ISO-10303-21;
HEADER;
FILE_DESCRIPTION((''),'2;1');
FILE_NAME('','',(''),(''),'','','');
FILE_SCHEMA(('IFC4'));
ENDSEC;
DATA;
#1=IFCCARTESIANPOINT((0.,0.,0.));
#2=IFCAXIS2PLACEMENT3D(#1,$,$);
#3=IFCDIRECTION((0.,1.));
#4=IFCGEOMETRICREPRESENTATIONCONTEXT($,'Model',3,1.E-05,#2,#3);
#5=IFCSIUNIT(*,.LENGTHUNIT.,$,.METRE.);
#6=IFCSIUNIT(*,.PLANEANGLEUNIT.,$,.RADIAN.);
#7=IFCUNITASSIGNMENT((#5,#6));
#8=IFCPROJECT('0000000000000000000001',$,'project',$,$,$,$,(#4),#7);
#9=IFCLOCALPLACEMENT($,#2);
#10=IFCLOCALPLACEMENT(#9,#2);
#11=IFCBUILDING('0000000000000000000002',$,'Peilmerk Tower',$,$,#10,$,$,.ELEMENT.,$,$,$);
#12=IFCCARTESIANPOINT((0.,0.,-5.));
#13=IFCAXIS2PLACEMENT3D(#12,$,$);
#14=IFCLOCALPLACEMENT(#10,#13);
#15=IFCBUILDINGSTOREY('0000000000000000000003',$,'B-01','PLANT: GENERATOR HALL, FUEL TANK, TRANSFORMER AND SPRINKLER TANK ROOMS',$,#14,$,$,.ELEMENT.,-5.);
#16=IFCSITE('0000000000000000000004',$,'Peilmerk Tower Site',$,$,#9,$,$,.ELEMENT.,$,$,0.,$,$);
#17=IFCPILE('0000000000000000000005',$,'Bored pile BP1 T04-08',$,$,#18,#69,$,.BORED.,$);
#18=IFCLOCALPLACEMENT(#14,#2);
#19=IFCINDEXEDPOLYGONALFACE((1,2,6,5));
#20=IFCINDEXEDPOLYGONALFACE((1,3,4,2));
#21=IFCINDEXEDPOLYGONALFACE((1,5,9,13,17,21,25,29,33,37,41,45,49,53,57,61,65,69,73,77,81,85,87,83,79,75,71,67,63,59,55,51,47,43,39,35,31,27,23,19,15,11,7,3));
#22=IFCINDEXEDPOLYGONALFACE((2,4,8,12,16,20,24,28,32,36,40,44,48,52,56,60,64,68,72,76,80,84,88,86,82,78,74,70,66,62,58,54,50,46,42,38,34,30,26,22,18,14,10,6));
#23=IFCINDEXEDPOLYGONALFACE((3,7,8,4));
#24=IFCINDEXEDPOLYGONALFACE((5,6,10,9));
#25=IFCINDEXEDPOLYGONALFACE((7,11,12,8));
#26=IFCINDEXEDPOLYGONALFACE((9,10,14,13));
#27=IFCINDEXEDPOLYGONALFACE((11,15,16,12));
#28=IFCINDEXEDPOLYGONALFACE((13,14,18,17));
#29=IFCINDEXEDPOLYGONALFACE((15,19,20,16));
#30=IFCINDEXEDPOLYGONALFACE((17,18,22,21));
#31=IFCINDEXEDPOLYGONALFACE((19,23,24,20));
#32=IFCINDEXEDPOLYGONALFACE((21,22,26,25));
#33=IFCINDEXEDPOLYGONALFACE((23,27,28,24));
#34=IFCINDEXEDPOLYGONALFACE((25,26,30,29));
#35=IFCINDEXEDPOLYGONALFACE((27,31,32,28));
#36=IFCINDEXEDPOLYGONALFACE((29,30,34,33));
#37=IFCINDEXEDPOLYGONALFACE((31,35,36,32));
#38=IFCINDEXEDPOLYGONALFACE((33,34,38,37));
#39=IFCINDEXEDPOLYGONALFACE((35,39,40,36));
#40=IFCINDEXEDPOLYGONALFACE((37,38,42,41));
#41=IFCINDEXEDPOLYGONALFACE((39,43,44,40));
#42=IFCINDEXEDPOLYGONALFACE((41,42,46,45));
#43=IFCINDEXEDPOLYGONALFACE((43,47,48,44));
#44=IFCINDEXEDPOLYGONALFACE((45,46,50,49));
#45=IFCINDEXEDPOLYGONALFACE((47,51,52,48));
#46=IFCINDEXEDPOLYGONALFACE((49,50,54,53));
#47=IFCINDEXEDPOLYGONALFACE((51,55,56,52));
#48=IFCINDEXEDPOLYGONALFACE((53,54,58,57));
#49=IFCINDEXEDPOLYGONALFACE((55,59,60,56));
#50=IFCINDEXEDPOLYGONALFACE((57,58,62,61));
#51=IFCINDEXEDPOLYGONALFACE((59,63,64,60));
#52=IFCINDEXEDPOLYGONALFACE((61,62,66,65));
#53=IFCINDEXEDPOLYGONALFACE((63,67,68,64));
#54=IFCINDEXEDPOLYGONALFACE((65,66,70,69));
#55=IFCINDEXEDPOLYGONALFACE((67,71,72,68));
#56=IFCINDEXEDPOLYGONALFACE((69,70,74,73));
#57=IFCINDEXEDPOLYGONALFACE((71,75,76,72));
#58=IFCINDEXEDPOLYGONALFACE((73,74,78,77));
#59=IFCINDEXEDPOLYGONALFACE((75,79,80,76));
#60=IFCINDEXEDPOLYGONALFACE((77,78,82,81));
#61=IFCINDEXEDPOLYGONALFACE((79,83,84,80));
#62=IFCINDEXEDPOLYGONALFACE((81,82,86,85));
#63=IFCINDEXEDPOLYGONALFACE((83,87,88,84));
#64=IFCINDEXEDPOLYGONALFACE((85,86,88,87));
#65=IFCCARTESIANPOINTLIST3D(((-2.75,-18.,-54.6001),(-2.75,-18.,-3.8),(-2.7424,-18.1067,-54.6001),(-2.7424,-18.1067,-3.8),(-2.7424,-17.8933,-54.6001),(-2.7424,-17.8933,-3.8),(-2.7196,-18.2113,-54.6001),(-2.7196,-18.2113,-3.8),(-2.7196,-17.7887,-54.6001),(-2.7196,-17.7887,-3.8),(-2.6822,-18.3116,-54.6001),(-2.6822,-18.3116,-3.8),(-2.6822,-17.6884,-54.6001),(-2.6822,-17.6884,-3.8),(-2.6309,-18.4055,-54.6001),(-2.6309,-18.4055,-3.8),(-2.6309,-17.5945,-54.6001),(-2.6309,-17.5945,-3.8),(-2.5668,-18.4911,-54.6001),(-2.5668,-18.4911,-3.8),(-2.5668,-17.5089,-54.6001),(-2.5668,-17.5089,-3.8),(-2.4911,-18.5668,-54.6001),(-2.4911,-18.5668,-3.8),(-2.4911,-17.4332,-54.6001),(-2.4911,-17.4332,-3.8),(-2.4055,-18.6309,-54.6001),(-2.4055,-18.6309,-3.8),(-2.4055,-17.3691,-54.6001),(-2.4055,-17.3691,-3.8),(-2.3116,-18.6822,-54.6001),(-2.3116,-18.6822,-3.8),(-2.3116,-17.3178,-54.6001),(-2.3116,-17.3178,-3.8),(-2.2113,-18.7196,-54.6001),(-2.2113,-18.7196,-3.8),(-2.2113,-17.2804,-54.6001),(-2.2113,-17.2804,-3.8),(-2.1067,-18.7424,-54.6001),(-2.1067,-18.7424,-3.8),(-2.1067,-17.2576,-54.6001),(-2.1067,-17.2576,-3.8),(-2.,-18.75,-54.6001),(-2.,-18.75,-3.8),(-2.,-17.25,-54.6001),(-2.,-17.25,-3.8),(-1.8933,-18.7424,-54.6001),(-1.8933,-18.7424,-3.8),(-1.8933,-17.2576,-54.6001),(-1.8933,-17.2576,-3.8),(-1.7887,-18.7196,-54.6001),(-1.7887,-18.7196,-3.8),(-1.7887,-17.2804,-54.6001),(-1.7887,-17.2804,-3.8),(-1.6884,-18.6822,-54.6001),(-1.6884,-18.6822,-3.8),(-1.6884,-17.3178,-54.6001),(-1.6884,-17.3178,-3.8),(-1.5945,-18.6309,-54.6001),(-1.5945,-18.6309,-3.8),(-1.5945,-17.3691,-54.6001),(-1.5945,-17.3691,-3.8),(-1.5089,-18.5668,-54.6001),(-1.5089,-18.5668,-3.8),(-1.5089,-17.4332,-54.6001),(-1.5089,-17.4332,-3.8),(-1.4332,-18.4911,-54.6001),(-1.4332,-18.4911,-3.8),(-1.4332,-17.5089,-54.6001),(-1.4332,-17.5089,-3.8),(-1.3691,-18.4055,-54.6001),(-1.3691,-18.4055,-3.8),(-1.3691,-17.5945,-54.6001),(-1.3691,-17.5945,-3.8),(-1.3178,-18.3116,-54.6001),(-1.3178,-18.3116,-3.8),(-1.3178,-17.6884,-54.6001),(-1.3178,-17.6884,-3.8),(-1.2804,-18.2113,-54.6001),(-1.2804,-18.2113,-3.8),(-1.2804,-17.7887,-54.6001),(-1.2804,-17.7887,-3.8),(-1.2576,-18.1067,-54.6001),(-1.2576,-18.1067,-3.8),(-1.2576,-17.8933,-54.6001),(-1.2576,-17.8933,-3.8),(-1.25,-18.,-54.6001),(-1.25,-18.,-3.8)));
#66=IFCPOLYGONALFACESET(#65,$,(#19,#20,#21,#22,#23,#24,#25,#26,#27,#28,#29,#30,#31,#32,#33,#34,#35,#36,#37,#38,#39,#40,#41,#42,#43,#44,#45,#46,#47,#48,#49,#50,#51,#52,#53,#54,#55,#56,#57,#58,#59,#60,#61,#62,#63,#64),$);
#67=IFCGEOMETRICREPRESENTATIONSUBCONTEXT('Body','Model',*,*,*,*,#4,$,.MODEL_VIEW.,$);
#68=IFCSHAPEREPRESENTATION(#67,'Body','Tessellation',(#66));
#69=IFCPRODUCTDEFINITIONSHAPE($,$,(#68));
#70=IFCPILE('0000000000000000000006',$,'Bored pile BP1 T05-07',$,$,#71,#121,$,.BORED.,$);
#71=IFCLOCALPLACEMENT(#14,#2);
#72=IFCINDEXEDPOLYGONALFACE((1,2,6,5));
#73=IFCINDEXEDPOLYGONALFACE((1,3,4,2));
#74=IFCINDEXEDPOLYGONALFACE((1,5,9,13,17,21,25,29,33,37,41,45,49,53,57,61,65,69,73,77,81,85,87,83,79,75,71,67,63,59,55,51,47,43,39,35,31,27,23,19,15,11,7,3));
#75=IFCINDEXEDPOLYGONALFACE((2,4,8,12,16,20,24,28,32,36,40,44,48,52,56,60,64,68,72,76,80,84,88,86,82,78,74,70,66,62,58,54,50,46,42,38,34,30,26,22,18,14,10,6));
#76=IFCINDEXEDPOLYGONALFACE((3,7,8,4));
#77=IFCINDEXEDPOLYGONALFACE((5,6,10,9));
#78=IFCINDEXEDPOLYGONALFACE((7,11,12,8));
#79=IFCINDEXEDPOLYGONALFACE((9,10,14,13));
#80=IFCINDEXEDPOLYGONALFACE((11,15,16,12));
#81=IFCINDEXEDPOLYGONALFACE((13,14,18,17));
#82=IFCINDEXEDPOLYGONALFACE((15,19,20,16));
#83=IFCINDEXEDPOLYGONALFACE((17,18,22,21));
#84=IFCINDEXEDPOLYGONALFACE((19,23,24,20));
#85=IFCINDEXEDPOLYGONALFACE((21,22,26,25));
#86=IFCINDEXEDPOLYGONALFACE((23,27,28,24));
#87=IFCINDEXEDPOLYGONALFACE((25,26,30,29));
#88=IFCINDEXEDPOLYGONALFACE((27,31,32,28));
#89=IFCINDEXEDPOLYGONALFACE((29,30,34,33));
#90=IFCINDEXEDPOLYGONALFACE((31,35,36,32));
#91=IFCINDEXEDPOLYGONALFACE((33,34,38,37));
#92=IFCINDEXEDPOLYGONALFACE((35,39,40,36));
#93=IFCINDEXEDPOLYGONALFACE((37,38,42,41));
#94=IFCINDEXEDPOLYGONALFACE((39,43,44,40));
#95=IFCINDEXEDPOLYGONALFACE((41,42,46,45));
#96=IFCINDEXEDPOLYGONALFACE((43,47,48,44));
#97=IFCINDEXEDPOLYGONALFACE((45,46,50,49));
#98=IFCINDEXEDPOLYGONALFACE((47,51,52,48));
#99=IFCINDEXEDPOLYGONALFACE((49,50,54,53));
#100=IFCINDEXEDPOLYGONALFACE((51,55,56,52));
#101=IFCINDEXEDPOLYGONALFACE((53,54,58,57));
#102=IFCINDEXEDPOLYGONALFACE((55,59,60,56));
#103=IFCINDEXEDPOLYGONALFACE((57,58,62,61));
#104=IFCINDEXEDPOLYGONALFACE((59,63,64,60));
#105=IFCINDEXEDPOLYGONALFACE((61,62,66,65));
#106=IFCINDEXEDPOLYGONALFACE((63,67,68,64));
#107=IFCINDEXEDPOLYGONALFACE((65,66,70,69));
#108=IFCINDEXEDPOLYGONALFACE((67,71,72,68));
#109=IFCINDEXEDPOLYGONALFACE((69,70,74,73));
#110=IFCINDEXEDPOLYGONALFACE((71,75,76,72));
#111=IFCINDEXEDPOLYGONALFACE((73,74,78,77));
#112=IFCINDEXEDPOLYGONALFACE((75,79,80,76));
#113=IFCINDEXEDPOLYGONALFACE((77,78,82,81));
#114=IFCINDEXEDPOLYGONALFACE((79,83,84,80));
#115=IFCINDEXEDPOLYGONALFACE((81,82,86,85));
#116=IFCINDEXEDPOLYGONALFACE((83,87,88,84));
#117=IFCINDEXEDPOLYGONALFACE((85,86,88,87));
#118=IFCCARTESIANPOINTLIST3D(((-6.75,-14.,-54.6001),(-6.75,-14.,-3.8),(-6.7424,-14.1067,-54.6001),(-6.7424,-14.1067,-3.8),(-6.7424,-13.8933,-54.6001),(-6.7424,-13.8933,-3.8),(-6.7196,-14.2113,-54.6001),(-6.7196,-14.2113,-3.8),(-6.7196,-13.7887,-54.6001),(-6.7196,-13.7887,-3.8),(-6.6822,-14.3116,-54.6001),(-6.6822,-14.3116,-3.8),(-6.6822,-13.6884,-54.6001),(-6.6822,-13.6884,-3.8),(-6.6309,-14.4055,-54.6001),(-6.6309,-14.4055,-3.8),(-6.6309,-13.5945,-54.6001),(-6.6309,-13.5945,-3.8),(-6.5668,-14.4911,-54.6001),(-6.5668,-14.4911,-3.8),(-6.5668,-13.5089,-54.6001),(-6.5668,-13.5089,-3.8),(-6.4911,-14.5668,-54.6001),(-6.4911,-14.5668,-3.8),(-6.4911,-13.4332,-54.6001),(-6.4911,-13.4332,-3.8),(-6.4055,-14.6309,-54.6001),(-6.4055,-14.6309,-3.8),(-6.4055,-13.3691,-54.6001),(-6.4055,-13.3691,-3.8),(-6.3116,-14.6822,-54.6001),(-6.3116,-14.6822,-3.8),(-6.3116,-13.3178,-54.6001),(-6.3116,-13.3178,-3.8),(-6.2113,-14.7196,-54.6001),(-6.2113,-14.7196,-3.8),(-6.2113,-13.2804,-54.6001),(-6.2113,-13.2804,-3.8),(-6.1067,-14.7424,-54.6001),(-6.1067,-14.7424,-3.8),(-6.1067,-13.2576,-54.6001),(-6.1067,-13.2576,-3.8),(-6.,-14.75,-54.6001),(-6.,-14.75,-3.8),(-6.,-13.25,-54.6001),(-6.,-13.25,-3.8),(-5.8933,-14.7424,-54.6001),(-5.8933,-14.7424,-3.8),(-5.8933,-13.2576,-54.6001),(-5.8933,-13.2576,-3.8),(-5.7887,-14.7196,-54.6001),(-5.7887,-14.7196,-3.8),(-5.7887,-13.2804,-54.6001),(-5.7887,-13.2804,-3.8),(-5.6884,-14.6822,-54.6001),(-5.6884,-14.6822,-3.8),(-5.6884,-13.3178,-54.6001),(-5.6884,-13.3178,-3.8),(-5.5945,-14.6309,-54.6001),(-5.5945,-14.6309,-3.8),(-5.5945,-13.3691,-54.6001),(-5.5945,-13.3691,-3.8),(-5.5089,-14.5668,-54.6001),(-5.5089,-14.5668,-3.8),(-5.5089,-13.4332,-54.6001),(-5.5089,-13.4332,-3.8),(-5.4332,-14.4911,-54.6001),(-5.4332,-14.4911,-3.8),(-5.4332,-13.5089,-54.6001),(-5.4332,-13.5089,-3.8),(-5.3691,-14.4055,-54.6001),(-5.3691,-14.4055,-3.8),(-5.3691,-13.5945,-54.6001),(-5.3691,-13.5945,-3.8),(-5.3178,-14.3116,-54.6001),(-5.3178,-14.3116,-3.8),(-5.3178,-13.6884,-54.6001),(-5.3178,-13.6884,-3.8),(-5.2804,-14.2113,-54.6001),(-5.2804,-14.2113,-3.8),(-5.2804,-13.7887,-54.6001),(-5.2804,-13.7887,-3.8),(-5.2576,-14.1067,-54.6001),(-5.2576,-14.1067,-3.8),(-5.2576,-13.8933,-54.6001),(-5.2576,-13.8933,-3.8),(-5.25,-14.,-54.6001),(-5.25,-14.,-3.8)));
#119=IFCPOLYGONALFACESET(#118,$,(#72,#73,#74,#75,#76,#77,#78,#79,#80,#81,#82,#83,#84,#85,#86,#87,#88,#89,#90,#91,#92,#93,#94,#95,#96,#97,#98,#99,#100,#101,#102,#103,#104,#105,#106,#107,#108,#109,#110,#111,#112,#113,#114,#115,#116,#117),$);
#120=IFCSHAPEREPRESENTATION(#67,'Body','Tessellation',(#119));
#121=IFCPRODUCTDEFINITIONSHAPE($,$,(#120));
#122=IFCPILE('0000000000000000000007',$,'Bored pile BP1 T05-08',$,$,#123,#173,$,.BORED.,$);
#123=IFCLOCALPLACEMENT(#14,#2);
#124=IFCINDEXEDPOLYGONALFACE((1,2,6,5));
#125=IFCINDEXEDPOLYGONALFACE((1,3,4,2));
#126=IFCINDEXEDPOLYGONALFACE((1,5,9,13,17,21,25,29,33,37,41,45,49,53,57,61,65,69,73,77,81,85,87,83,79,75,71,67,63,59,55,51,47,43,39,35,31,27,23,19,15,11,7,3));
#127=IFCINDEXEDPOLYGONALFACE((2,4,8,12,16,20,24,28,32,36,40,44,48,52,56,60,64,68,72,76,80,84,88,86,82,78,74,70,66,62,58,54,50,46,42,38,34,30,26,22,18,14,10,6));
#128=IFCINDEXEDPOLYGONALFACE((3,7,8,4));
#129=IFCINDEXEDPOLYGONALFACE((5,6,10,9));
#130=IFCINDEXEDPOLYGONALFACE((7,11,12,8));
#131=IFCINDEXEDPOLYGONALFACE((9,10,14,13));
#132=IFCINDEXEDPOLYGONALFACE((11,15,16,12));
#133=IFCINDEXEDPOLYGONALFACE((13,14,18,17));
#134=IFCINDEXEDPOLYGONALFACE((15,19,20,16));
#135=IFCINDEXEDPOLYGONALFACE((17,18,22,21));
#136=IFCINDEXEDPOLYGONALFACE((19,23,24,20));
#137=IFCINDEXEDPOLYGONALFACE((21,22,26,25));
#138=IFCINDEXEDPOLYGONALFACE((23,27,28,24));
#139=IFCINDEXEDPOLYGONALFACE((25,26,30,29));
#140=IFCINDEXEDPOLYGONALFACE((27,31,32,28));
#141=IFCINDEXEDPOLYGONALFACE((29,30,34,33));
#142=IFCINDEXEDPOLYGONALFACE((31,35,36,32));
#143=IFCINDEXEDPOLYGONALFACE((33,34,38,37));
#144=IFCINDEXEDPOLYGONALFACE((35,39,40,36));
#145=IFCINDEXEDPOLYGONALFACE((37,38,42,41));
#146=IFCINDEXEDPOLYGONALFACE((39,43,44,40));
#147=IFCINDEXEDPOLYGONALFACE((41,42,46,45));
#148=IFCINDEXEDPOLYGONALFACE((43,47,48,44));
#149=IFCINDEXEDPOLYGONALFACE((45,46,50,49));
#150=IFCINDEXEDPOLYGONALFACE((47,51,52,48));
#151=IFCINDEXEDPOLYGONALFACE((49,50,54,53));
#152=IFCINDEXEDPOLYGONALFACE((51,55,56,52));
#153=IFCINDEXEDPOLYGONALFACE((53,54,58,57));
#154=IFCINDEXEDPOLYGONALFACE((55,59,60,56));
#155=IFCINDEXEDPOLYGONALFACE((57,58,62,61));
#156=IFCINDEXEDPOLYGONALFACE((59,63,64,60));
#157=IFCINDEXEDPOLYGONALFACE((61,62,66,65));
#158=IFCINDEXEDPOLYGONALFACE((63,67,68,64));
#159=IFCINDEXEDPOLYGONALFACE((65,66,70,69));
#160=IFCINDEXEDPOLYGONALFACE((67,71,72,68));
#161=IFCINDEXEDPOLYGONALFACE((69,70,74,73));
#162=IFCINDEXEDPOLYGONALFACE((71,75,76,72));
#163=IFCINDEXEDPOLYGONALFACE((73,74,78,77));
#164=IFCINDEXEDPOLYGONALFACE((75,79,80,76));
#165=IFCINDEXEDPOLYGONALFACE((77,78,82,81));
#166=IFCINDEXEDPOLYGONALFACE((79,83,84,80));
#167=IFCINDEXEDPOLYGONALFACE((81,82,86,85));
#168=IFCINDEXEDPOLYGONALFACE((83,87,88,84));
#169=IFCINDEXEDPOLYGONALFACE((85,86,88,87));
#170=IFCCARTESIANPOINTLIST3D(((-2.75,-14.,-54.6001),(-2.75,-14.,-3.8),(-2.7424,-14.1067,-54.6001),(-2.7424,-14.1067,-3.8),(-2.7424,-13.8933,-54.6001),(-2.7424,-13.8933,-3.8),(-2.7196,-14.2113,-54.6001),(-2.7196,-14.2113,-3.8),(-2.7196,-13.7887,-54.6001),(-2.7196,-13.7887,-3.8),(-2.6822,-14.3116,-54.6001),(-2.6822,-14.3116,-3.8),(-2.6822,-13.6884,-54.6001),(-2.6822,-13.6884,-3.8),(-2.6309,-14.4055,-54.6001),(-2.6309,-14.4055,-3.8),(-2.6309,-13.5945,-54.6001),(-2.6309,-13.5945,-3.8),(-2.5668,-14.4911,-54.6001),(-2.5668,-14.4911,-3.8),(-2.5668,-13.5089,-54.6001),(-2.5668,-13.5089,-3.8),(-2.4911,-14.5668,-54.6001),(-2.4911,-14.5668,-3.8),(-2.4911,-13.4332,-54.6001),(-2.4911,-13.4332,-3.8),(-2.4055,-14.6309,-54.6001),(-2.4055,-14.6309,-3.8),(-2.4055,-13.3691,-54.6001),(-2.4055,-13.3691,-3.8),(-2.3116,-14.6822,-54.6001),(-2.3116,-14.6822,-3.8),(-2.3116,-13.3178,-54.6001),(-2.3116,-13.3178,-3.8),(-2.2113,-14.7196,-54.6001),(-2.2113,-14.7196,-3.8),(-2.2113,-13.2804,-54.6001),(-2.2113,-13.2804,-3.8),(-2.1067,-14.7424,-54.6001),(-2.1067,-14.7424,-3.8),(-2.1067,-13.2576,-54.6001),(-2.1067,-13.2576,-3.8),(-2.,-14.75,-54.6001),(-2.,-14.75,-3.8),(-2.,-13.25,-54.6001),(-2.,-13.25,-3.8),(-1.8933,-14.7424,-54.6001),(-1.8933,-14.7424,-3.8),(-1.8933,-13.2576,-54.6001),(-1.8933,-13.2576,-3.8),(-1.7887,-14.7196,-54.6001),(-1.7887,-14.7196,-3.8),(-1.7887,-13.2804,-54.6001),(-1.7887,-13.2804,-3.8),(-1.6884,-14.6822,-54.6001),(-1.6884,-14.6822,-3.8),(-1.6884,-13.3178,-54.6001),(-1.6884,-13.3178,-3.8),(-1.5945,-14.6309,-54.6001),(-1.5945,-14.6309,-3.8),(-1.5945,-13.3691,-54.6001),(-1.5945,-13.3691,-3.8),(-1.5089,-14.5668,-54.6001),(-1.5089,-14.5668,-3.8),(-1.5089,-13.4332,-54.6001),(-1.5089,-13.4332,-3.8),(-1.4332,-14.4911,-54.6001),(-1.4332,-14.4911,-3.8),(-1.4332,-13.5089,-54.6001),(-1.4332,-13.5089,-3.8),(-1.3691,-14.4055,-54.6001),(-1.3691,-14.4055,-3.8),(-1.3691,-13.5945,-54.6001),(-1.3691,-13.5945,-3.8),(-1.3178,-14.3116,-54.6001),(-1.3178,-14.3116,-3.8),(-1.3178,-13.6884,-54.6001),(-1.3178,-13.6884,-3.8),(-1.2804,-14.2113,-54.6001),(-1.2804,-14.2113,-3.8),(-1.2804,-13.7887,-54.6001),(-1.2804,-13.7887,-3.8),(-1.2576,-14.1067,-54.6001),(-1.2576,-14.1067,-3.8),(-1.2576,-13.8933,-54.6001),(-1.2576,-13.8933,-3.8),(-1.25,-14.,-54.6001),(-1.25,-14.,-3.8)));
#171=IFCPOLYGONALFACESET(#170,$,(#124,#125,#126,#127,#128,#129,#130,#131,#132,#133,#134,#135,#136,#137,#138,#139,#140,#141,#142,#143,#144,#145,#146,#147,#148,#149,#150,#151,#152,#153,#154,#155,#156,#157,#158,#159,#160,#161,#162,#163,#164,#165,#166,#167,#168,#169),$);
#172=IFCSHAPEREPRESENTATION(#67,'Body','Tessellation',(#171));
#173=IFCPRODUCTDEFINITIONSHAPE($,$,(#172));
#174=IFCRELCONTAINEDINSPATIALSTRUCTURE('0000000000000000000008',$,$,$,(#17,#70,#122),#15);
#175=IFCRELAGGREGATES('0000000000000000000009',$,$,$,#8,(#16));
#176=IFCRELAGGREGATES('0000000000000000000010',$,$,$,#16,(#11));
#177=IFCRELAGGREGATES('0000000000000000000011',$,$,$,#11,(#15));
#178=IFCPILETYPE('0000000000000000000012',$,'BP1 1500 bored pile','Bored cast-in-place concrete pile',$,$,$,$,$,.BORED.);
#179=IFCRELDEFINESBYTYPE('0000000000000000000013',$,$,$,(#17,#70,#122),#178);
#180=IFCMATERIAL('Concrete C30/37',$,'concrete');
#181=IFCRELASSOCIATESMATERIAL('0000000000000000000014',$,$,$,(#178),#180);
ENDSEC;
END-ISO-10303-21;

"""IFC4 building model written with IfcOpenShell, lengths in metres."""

from ifc_helpers import new_model, si_unit, direction, frame, origin, origin_2d, place, context, subcontext, project, spatial, circle, extrude, material, material_profile, profile_set, type_object, element, save


model = new_model("IFC4")

# Units and contexts
model_context = context("Model", 3, precision=1e-05, world=origin(), true_north=direction((0.0, 1.0)))
body_context = subcontext(model_context, "Body", "Model", "MODEL_VIEW")
ifc_project = project(units=[si_unit("LENGTHUNIT", "METRE"), si_unit("PLANEANGLEUNIT", "RADIAN")], contexts=[model_context])

# Site, building, storey
site_placement = place(None, origin())
site = spatial("IfcSite", under=ifc_project, at=site_placement, Name="Peilmerk Tower Site", CompositionType="ELEMENT", RefElevation=0.0)
building_placement = place(site_placement, origin())
building = spatial("IfcBuilding", under=site, at=building_placement, Name="Peilmerk Tower", CompositionType="ELEMENT")
storey_placement = place(building_placement, frame((0.0, 0.0, -5.0)))
storey = spatial("IfcBuildingStorey", under=building, at=storey_placement, Name="B-01", Description="PLANT: GENERATOR HALL, FUEL TANK, TRANSFORMER AND SPRINKLER TANK ROOMS", CompositionType="ELEMENT", Elevation=-5.0)

# Piles
ifc_material_1 = material(Name="Concrete C30/37", Category="concrete")
ifc_material_profile = material_profile(ifc_material_1, circle(Radius=0.75, at=origin_2d()), Name="BP 1500")
ifc_profile_set = profile_set([ifc_material_profile], Name="Concrete C30/37")
pile_type = type_object("IfcPileType", Name="BP1 1500 bored pile", Description="Bored cast-in-place concrete pile", PredefinedType="BORED", material=ifc_profile_set)
for number, where, z_axis, x_axis, name in (
    (1, (-2.0, -18.0, -3.8), (0.0, 0.0, -1.0), (1.0, 0.0, 0.0), "Bored pile BP1 T04-08"),
    (2, (-6.0, -14.0, -3.8), (0.0, 0.0, -1.0), (1.0, 0.0, 0.0), "Bored pile BP1 T05-07"),
    (3, (-2.0, -14.0, -3.8), (0.0, 0.0, -1.0), (1.0, 0.0, 0.0), "Bored pile BP1 T05-08"),
):
    element("IfcPile", number, at=place(storey_placement, frame(where, z_axis=z_axis, x_axis=x_axis)), inside=storey, type_object=pile_type, Name=name, PredefinedType="BORED", context=body_context, shape_type="SweptSolid", body=[
        extrude(circle(Radius=0.75, at=origin_2d()), origin(), (0.0, 0.0, 1.0), 50.8),
    ])

save(model, "model.ifc")
